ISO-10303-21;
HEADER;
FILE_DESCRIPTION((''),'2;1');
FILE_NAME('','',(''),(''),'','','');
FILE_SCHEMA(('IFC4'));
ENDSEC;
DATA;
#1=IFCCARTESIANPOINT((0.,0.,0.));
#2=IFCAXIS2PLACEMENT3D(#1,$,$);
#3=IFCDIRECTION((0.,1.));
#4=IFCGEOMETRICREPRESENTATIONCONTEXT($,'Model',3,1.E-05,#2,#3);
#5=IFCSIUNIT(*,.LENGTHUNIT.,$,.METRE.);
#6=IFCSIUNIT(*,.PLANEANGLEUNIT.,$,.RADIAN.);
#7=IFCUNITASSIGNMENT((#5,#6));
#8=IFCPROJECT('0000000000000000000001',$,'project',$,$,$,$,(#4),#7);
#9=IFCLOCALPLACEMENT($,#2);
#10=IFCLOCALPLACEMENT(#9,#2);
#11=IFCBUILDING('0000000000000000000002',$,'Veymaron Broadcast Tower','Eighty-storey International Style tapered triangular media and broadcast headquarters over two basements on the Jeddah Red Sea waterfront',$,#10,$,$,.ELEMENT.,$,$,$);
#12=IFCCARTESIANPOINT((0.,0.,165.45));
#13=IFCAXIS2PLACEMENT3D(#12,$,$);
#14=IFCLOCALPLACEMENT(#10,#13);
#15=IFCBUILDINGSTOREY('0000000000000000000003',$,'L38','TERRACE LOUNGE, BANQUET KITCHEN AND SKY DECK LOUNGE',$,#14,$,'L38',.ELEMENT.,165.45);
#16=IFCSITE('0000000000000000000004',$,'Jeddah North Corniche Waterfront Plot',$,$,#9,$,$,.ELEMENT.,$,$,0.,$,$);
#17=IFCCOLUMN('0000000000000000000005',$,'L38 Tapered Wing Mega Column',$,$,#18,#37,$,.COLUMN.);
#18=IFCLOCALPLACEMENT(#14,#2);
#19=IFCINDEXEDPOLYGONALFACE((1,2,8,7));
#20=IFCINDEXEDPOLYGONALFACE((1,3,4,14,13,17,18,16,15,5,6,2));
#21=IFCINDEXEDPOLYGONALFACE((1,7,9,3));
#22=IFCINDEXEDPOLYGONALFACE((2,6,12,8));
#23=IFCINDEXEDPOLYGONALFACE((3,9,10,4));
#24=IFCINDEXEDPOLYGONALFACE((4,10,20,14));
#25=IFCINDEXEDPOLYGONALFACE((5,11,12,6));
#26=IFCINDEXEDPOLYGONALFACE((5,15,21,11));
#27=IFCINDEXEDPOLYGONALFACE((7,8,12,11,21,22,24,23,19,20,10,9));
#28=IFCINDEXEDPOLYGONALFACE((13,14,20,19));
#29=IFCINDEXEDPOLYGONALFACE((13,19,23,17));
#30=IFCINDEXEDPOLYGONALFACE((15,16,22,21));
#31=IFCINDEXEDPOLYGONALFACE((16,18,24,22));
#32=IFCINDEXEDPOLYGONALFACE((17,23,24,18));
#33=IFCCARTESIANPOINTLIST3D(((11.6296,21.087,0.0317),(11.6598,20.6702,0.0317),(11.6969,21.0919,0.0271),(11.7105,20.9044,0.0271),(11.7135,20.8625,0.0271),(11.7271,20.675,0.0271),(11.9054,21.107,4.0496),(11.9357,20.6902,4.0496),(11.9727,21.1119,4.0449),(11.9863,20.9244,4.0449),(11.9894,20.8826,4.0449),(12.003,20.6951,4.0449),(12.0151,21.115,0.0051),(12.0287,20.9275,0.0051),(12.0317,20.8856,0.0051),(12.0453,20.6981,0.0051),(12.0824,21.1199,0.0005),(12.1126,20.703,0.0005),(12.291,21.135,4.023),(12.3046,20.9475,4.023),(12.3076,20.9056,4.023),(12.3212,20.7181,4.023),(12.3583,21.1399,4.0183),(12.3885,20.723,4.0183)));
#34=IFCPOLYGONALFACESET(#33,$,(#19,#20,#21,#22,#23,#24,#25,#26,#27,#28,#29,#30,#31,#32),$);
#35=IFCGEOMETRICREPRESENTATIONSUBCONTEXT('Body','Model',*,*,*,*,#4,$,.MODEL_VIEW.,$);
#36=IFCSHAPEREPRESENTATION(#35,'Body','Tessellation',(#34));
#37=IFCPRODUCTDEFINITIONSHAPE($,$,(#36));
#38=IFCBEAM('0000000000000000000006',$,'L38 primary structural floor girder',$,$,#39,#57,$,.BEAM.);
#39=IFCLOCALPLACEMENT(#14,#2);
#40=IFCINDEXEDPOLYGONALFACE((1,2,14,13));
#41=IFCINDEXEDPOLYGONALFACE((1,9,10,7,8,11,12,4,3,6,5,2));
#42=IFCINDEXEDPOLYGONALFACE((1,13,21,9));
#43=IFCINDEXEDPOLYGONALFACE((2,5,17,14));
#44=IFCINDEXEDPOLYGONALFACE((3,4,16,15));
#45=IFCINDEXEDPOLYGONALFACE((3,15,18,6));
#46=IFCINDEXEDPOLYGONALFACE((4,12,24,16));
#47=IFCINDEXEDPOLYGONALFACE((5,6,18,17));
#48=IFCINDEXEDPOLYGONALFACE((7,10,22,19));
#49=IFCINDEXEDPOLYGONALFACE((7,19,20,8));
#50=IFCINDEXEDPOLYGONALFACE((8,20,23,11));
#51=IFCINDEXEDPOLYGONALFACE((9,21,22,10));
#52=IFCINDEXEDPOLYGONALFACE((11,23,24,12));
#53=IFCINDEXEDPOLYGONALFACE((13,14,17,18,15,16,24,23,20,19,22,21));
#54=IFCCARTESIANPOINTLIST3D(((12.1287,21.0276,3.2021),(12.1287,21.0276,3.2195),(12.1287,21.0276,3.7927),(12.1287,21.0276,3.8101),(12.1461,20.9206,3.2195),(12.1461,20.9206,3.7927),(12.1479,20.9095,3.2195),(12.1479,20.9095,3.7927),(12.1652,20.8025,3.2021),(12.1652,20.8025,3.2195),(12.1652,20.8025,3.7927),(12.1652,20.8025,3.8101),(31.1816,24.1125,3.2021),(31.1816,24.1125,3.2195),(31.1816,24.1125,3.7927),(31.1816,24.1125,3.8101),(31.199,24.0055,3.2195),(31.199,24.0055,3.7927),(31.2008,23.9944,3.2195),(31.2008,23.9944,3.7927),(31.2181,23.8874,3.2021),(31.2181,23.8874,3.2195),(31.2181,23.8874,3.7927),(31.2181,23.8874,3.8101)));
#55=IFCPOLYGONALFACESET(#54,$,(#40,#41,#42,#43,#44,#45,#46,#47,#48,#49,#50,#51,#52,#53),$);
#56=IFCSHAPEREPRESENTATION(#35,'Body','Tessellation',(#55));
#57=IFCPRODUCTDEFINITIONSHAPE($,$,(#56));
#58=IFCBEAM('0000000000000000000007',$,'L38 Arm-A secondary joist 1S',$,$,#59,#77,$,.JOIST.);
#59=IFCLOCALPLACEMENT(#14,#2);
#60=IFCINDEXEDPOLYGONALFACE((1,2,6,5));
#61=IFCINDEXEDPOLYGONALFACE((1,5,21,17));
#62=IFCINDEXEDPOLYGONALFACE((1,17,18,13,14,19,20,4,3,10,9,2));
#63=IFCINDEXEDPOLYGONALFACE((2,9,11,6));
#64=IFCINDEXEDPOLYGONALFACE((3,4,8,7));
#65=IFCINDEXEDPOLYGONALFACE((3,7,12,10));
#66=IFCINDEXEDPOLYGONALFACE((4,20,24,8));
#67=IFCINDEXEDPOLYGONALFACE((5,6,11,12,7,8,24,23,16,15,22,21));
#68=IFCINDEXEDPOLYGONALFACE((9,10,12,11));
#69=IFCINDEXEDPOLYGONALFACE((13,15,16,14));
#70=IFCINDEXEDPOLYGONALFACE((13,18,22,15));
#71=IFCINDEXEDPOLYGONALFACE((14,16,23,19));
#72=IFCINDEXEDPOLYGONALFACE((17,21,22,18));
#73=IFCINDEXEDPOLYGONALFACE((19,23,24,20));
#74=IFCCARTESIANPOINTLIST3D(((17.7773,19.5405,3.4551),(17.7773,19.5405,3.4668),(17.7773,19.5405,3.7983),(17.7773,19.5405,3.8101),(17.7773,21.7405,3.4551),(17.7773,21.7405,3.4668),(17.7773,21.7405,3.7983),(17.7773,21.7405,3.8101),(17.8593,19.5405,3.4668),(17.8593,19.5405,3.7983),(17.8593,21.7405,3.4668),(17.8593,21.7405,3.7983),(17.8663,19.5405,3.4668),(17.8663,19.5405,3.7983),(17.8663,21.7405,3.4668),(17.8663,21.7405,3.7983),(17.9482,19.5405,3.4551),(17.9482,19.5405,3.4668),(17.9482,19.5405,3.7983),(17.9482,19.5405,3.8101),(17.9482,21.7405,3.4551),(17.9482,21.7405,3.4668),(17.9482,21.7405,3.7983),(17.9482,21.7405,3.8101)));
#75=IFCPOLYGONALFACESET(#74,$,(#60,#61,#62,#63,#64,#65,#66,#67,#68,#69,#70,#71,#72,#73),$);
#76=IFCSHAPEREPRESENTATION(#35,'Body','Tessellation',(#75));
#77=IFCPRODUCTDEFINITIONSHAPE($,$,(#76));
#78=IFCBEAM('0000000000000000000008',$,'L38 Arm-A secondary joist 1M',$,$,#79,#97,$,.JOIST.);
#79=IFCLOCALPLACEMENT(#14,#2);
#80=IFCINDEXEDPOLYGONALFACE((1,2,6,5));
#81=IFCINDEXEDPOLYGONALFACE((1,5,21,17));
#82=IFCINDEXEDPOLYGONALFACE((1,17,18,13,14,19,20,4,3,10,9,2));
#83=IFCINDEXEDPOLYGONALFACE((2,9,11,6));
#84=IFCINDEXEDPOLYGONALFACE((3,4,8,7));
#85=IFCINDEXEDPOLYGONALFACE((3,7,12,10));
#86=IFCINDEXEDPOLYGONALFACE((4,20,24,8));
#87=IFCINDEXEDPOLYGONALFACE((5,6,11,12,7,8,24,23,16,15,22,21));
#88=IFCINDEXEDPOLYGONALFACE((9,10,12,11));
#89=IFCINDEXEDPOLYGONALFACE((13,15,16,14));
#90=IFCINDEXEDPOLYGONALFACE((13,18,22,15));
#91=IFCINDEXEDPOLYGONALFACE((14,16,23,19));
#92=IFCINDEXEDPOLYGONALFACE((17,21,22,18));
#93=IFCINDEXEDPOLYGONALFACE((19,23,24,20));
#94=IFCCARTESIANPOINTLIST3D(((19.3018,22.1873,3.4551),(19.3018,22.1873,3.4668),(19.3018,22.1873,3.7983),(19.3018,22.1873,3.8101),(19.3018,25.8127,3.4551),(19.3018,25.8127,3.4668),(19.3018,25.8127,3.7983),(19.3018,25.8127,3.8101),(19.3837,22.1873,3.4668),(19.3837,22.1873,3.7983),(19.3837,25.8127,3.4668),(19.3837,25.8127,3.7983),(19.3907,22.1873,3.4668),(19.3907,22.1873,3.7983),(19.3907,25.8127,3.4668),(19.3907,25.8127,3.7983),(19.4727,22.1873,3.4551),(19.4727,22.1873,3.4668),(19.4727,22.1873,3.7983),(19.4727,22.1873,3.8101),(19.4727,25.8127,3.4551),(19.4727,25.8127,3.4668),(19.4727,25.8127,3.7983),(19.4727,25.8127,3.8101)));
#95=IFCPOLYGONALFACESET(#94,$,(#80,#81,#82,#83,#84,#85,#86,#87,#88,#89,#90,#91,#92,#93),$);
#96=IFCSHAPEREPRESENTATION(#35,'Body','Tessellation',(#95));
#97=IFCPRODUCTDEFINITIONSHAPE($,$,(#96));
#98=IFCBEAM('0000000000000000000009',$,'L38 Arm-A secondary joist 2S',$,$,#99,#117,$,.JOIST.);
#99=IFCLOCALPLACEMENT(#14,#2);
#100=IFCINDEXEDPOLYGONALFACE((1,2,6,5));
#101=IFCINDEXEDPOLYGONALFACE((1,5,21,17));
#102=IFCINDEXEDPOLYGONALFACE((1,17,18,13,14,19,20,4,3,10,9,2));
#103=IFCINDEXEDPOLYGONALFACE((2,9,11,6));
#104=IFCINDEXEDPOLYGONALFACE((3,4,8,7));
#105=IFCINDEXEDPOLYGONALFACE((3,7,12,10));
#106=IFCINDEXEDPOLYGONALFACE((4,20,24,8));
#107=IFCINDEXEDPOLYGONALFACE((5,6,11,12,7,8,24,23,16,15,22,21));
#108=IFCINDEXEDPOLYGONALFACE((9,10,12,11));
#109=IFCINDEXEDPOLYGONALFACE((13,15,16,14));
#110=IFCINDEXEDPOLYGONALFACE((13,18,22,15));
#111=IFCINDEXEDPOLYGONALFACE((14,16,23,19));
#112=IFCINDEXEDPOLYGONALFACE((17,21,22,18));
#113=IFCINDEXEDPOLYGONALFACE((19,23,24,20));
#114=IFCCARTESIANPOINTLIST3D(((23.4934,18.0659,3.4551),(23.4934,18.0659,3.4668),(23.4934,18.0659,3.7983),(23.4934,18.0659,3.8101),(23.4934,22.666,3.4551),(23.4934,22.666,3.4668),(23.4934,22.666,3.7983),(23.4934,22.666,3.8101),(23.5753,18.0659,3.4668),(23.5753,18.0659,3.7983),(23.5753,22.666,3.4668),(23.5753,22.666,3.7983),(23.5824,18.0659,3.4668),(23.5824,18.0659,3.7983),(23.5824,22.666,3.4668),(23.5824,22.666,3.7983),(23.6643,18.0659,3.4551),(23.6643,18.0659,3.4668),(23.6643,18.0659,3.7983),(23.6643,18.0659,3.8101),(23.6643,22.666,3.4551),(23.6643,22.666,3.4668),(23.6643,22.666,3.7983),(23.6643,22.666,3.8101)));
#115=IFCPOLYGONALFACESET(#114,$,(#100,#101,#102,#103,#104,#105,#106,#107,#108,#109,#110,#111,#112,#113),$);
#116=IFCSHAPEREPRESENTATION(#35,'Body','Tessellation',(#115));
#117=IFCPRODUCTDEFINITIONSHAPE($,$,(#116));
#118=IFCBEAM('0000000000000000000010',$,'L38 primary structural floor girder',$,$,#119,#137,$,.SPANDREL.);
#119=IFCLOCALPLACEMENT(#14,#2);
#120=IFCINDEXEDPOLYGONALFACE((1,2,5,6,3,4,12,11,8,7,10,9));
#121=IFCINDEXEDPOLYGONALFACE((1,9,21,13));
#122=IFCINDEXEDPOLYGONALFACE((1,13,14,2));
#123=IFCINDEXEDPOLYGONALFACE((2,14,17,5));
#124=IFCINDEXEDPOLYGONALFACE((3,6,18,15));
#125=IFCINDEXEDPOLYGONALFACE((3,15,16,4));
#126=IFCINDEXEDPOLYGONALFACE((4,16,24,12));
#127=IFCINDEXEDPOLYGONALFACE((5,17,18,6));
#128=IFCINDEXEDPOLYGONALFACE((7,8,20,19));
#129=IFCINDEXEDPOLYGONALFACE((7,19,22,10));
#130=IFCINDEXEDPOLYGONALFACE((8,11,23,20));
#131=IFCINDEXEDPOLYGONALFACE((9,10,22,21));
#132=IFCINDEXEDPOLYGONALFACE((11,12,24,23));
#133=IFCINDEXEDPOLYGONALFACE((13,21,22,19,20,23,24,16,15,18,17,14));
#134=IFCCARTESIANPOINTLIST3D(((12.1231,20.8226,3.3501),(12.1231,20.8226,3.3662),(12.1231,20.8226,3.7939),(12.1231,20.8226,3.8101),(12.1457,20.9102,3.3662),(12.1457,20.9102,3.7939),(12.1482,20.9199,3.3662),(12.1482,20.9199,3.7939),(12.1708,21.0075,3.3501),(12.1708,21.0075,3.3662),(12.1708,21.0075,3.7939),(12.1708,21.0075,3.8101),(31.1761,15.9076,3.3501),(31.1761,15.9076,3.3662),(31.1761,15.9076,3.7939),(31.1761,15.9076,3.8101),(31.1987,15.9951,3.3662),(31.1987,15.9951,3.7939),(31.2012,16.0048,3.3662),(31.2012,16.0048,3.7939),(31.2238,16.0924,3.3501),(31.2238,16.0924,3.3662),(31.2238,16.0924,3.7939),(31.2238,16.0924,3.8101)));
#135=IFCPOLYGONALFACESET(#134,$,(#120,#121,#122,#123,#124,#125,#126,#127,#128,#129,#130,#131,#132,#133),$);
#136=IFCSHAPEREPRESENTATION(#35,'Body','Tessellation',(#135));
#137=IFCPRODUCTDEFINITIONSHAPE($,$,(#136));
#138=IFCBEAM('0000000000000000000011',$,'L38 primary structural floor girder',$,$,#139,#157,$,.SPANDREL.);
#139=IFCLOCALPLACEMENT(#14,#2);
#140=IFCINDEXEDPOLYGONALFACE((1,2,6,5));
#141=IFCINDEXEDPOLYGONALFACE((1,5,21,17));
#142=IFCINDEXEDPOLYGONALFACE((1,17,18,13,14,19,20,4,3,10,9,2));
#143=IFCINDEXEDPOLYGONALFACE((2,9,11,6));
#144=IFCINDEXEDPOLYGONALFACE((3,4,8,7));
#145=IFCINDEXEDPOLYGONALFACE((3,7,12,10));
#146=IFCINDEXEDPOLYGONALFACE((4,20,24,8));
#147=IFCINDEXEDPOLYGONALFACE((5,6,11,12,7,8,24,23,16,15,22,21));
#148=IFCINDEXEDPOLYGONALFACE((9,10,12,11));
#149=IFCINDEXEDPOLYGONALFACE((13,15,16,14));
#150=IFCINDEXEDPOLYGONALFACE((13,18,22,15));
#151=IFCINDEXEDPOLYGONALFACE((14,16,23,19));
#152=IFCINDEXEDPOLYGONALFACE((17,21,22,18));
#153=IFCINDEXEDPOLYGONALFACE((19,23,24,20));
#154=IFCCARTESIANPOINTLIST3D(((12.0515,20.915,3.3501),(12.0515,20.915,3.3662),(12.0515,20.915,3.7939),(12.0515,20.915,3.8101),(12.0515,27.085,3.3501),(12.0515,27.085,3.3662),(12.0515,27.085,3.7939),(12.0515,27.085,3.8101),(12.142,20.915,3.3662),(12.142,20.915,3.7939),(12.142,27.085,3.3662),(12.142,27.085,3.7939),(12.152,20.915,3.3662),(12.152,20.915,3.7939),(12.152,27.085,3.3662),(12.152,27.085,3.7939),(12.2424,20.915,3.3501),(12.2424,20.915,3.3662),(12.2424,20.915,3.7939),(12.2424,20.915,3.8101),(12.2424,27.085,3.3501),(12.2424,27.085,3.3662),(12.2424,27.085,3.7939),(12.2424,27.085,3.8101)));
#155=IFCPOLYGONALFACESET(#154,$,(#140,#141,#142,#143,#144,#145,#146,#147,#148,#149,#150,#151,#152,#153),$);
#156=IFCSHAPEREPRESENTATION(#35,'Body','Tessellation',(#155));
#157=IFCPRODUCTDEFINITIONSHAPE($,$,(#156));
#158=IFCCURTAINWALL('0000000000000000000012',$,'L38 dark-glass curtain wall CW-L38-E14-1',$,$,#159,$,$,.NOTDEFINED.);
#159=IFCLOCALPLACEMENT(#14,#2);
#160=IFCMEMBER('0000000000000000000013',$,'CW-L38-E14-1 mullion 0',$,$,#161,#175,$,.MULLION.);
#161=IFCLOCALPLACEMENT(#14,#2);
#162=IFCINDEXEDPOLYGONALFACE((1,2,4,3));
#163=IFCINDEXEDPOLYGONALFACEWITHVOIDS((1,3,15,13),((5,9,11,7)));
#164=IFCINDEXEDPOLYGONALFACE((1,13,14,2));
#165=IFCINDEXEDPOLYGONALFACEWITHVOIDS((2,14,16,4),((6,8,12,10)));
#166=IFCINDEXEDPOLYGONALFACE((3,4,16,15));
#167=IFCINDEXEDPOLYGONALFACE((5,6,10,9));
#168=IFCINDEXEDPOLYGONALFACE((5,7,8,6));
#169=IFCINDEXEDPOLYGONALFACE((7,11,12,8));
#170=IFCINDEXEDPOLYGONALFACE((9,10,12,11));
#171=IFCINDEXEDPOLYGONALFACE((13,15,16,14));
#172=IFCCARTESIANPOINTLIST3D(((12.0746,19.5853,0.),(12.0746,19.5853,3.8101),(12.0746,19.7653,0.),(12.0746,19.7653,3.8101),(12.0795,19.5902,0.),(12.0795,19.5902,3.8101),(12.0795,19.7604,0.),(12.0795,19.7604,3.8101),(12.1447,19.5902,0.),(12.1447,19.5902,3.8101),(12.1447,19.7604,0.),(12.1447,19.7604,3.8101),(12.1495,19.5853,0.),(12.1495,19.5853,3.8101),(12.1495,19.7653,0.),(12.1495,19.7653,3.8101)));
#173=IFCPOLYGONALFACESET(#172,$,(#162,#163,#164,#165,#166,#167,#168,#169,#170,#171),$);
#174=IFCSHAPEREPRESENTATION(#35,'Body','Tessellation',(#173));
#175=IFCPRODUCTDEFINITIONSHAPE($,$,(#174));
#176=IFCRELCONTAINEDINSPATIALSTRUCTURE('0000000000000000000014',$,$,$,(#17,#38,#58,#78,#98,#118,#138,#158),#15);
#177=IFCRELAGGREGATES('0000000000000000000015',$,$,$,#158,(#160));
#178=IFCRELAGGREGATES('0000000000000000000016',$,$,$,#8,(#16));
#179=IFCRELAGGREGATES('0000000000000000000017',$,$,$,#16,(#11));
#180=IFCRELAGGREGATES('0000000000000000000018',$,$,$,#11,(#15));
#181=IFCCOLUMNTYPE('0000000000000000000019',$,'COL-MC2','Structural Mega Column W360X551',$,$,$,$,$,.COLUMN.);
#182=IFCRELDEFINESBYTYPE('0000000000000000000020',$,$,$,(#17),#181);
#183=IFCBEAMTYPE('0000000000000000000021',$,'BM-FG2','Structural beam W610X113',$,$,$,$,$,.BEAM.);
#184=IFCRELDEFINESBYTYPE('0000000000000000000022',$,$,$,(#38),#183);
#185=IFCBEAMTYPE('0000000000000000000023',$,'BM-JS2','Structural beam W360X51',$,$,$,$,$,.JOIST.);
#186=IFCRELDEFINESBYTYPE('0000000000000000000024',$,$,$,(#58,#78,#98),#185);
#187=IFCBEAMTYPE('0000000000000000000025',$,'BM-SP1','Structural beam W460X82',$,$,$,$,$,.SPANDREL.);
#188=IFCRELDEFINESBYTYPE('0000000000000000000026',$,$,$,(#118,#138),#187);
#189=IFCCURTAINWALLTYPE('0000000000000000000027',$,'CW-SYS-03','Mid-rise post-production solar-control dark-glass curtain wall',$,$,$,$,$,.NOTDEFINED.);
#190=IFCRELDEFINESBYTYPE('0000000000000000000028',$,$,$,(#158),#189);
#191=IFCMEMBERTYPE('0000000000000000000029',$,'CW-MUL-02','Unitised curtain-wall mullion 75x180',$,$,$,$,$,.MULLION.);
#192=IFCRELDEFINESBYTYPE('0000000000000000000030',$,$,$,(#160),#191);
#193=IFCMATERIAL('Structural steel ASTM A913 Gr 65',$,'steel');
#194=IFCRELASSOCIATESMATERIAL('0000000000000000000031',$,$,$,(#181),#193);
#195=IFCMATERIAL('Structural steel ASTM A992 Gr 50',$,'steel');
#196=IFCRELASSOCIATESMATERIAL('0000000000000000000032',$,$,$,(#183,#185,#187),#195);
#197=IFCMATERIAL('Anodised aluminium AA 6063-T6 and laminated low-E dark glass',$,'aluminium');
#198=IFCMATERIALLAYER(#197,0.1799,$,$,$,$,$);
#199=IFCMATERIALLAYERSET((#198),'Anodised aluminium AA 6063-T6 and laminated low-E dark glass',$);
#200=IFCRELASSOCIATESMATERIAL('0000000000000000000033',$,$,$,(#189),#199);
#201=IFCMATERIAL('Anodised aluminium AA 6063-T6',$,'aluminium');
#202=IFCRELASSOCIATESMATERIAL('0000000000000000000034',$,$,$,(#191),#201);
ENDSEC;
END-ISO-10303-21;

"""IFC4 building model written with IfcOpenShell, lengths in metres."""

from ifc_helpers import new_model, si_unit, direction, frame, origin, origin_2d, place, context, subcontext, project, spatial, hollow_rectangle, i_section, extrude, material, layer, layer_set, material_profile, profile_set, type_object, element, aggregate, save


model = new_model("IFC4")

# Units and contexts
model_context = context("Model", 3, precision=1e-05, world=origin(), true_north=direction((0.0, 1.0)))
body_context = subcontext(model_context, "Body", "Model", "MODEL_VIEW")
ifc_project = project(units=[si_unit("LENGTHUNIT", "METRE"), si_unit("PLANEANGLEUNIT", "RADIAN")], contexts=[model_context])

# Site, building, storey
site_placement = place(None, origin())
site = spatial("IfcSite", under=ifc_project, at=site_placement, Name="Jeddah North Corniche Waterfront Plot", CompositionType="ELEMENT", RefElevation=0.0)
building_placement = place(site_placement, origin())
building = spatial("IfcBuilding", under=site, at=building_placement, Name="Veymaron Broadcast Tower", Description="Eighty-storey International Style tapered triangular media and broadcast headquarters over two basements on the Jeddah Red Sea waterfront", CompositionType="ELEMENT")
storey_placement = place(building_placement, frame((0.0, 0.0, 165.45)))
storey = spatial("IfcBuildingStorey", under=building, at=storey_placement, Name="L38", Description="TERRACE LOUNGE, BANQUET KITCHEN AND SKY DECK LOUNGE", LongName="L38", CompositionType="ELEMENT", Elevation=165.45)

# Column
ifc_material_1 = material(Name="Structural steel ASTM A913 Gr 65", Category="steel")
ifc_material_profile_1 = material_profile(ifc_material_1, i_section(OverallWidth=0.418, OverallDepth=0.4551, WebThickness=0.042, FlangeThickness=0.0676, at=origin_2d()), Name="W360X551")
ifc_profile_set_1 = profile_set([ifc_material_profile_1], Name="Structural steel ASTM A913 Gr 65")
column_type = type_object("IfcColumnType", Name="COL-MC2", Description="Structural Mega Column W360X551", PredefinedType="COLUMN", material=ifc_profile_set_1)
column_placement = place(storey_placement, frame((11.8711, 20.895, 0.0161), z_axis=(0.068502, 0.004971, 0.997639), x_axis=(-0.072376, 0.997377, 0.0)))
element("IfcColumn", 1, at=column_placement, inside=storey, type_object=column_type, Name="L38 Tapered Wing Mega Column", PredefinedType="COLUMN", context=body_context, shape_type="SweptSolid", body=[
    extrude(i_section(OverallWidth=0.418, OverallDepth=0.4551, WebThickness=0.042, FlangeThickness=0.0676, at=origin_2d()), origin(), (0.0, 0.0, 1.0), 4.0273),
])

# Beams
ifc_material_2 = material(Name="Structural steel ASTM A992 Gr 50", Category="steel")
ifc_material_profile_2 = material_profile(ifc_material_2, i_section(OverallWidth=0.228, OverallDepth=0.6079, WebThickness=0.0112, FlangeThickness=0.0173, at=origin_2d()), Name="W610X113")
ifc_profile_set_2 = profile_set([ifc_material_profile_2], Name="Structural steel ASTM A992 Gr 50")
beam_type_1 = type_object("IfcBeamType", Name="BM-FG2", Description="Structural beam W610X113", PredefinedType="BEAM", material=ifc_profile_set_2)
beam_1_placement = place(storey_placement, frame((12.147, 20.915, 3.5061), z_axis=(0.987144, 0.159833, 0.0), x_axis=(-0.159833, 0.987144, 0.0)))
element("IfcBeam", 2, at=beam_1_placement, inside=storey, type_object=beam_type_1, Name="L38 primary structural floor girder", PredefinedType="BEAM", context=body_context, shape_type="SweptSolid", body=[
    extrude(i_section(OverallWidth=0.228, OverallDepth=0.6079, WebThickness=0.0112, FlangeThickness=0.0173, at=origin_2d()), origin(), (0.0, 0.0, 1.0), 19.301),
])
ifc_material_profile_3 = material_profile(ifc_material_2, i_section(OverallWidth=0.1709, OverallDepth=0.355, WebThickness=0.0071, FlangeThickness=0.0117, at=origin_2d()), Name="W360X51")
ifc_profile_set_3 = profile_set([ifc_material_profile_3], Name="Structural steel ASTM A992 Gr 50")
beam_type_2 = type_object("IfcBeamType", Name="BM-JS2", Description="Structural beam W360X51", PredefinedType="JOIST", material=ifc_profile_set_3)
beam_2_placement = place(storey_placement, frame((17.8628, 19.5405, 3.6326), z_axis=(0.0, 1.0, 0.0), x_axis=(-1.0, 0.0, 0.0)))
element("IfcBeam", 3, at=beam_2_placement, inside=storey, type_object=beam_type_2, Name="L38 Arm-A secondary joist 1S", PredefinedType="JOIST", context=body_context, shape_type="SweptSolid", body=[
    extrude(i_section(OverallWidth=0.1709, OverallDepth=0.355, WebThickness=0.0071, FlangeThickness=0.0117, at=origin_2d()), origin(), (0.0, 0.0, 1.0), 2.2),
])
beam_3_placement = place(storey_placement, frame((19.3872, 22.1873, 3.6326), z_axis=(0.0, 1.0, 0.0), x_axis=(-1.0, 0.0, 0.0)))
element("IfcBeam", 4, at=beam_3_placement, inside=storey, type_object=beam_type_2, Name="L38 Arm-A secondary joist 1M", PredefinedType="JOIST", context=body_context, shape_type="SweptSolid", body=[
    extrude(i_section(OverallWidth=0.1709, OverallDepth=0.355, WebThickness=0.0071, FlangeThickness=0.0117, at=origin_2d()), origin(), (0.0, 0.0, 1.0), 3.6255),
])
beam_4_placement = place(storey_placement, frame((23.5789, 18.0659, 3.6326), z_axis=(0.0, 1.0, 0.0), x_axis=(-1.0, 0.0, 0.0)))
element("IfcBeam", 5, at=beam_4_placement, inside=storey, type_object=beam_type_2, Name="L38 Arm-A secondary joist 2S", PredefinedType="JOIST", context=body_context, shape_type="SweptSolid", body=[
    extrude(i_section(OverallWidth=0.1709, OverallDepth=0.355, WebThickness=0.0071, FlangeThickness=0.0117, at=origin_2d()), origin(), (0.0, 0.0, 1.0), 4.6001),
])
ifc_material_profile_4 = material_profile(ifc_material_2, i_section(OverallWidth=0.1909, OverallDepth=0.46, WebThickness=0.01, FlangeThickness=0.0161, at=origin_2d()), Name="W460X82")
ifc_profile_set_4 = profile_set([ifc_material_profile_4], Name="Structural steel ASTM A992 Gr 50")
beam_type_3 = type_object("IfcBeamType", Name="BM-SP1", Description="Structural beam W460X82", PredefinedType="SPANDREL", material=ifc_profile_set_4)
beam_5_placement = place(storey_placement, frame((12.147, 20.915, 3.5801), z_axis=(0.9683, -0.249789, 0.0), x_axis=(0.249789, 0.9683, 0.0)))
element("IfcBeam", 6, at=beam_5_placement, inside=storey, type_object=beam_type_3, Name="L38 primary structural floor girder", PredefinedType="SPANDREL", context=body_context, shape_type="SweptSolid", body=[
    extrude(i_section(OverallWidth=0.1909, OverallDepth=0.46, WebThickness=0.01, FlangeThickness=0.0161, at=origin_2d()), origin(), (0.0, 0.0, 1.0), 19.6768),
])
beam_6_placement = place(storey_placement, frame((12.147, 20.915, 3.5801), z_axis=(0.0, 1.0, 0.0), x_axis=(-1.0, 0.0, 0.0)))
element("IfcBeam", 7, at=beam_6_placement, inside=storey, type_object=beam_type_3, Name="L38 primary structural floor girder", PredefinedType="SPANDREL", context=body_context, shape_type="SweptSolid", body=[
    extrude(i_section(OverallWidth=0.1909, OverallDepth=0.46, WebThickness=0.01, FlangeThickness=0.0161, at=origin_2d()), origin(), (0.0, 0.0, 1.0), 6.1699),
])

# Curtain wall, member
ifc_material_3 = material(Name="Anodised aluminium AA 6063-T6 and laminated low-E dark glass", Category="aluminium")
ifc_layer_1 = layer(ifc_material_3, 0.1799)
ifc_layer_set_1 = layer_set([ifc_layer_1], Name="Anodised aluminium AA 6063-T6 and laminated low-E dark glass")
curtain_wall_type = type_object("IfcCurtainWallType", Name="CW-SYS-03", Description="Mid-rise post-production solar-control dark-glass curtain wall", PredefinedType="NOTDEFINED", material=ifc_layer_set_1)
curtain_wall_placement = place(storey_placement, origin())
curtain_wall = element("IfcCurtainWall", 8, at=curtain_wall_placement, inside=storey, type_object=curtain_wall_type, Name="L38 dark-glass curtain wall CW-L38-E14-1", PredefinedType="NOTDEFINED")
ifc_material_4 = material(Name="Anodised aluminium AA 6063-T6", Category="aluminium")
ifc_material_profile_5 = material_profile(ifc_material_4, hollow_rectangle(XDim=0.075, YDim=0.1799, WallThickness=0.0049, at=origin_2d()), Name="AL180X75X5")
ifc_profile_set_5 = profile_set([ifc_material_profile_5], Name="Anodised aluminium AA 6063-T6")
member_type_1 = type_object("IfcMemberType", Name="CW-MUL-02", Description="Unitised curtain-wall mullion 75x180", PredefinedType="MULLION", material=ifc_profile_set_5)
member_1_placement = place(storey_placement, frame((12.1121, 19.6753, 0.0), z_axis=(0.0, 0.0, 1.0), x_axis=(1.0, 0.0, 0.0)))
member_1 = element("IfcMember", 9, at=member_1_placement, type_object=member_type_1, Name="CW-L38-E14-1 mullion 0", PredefinedType="MULLION", context=body_context, shape_type="SweptSolid", body=[
    extrude(hollow_rectangle(XDim=0.075, YDim=0.1799, WallThickness=0.0049, at=origin_2d()), origin(), (0.0, 0.0, 1.0), 3.8101),
])
aggregate(curtain_wall, [member_1])

save(model, "model.ifc")
